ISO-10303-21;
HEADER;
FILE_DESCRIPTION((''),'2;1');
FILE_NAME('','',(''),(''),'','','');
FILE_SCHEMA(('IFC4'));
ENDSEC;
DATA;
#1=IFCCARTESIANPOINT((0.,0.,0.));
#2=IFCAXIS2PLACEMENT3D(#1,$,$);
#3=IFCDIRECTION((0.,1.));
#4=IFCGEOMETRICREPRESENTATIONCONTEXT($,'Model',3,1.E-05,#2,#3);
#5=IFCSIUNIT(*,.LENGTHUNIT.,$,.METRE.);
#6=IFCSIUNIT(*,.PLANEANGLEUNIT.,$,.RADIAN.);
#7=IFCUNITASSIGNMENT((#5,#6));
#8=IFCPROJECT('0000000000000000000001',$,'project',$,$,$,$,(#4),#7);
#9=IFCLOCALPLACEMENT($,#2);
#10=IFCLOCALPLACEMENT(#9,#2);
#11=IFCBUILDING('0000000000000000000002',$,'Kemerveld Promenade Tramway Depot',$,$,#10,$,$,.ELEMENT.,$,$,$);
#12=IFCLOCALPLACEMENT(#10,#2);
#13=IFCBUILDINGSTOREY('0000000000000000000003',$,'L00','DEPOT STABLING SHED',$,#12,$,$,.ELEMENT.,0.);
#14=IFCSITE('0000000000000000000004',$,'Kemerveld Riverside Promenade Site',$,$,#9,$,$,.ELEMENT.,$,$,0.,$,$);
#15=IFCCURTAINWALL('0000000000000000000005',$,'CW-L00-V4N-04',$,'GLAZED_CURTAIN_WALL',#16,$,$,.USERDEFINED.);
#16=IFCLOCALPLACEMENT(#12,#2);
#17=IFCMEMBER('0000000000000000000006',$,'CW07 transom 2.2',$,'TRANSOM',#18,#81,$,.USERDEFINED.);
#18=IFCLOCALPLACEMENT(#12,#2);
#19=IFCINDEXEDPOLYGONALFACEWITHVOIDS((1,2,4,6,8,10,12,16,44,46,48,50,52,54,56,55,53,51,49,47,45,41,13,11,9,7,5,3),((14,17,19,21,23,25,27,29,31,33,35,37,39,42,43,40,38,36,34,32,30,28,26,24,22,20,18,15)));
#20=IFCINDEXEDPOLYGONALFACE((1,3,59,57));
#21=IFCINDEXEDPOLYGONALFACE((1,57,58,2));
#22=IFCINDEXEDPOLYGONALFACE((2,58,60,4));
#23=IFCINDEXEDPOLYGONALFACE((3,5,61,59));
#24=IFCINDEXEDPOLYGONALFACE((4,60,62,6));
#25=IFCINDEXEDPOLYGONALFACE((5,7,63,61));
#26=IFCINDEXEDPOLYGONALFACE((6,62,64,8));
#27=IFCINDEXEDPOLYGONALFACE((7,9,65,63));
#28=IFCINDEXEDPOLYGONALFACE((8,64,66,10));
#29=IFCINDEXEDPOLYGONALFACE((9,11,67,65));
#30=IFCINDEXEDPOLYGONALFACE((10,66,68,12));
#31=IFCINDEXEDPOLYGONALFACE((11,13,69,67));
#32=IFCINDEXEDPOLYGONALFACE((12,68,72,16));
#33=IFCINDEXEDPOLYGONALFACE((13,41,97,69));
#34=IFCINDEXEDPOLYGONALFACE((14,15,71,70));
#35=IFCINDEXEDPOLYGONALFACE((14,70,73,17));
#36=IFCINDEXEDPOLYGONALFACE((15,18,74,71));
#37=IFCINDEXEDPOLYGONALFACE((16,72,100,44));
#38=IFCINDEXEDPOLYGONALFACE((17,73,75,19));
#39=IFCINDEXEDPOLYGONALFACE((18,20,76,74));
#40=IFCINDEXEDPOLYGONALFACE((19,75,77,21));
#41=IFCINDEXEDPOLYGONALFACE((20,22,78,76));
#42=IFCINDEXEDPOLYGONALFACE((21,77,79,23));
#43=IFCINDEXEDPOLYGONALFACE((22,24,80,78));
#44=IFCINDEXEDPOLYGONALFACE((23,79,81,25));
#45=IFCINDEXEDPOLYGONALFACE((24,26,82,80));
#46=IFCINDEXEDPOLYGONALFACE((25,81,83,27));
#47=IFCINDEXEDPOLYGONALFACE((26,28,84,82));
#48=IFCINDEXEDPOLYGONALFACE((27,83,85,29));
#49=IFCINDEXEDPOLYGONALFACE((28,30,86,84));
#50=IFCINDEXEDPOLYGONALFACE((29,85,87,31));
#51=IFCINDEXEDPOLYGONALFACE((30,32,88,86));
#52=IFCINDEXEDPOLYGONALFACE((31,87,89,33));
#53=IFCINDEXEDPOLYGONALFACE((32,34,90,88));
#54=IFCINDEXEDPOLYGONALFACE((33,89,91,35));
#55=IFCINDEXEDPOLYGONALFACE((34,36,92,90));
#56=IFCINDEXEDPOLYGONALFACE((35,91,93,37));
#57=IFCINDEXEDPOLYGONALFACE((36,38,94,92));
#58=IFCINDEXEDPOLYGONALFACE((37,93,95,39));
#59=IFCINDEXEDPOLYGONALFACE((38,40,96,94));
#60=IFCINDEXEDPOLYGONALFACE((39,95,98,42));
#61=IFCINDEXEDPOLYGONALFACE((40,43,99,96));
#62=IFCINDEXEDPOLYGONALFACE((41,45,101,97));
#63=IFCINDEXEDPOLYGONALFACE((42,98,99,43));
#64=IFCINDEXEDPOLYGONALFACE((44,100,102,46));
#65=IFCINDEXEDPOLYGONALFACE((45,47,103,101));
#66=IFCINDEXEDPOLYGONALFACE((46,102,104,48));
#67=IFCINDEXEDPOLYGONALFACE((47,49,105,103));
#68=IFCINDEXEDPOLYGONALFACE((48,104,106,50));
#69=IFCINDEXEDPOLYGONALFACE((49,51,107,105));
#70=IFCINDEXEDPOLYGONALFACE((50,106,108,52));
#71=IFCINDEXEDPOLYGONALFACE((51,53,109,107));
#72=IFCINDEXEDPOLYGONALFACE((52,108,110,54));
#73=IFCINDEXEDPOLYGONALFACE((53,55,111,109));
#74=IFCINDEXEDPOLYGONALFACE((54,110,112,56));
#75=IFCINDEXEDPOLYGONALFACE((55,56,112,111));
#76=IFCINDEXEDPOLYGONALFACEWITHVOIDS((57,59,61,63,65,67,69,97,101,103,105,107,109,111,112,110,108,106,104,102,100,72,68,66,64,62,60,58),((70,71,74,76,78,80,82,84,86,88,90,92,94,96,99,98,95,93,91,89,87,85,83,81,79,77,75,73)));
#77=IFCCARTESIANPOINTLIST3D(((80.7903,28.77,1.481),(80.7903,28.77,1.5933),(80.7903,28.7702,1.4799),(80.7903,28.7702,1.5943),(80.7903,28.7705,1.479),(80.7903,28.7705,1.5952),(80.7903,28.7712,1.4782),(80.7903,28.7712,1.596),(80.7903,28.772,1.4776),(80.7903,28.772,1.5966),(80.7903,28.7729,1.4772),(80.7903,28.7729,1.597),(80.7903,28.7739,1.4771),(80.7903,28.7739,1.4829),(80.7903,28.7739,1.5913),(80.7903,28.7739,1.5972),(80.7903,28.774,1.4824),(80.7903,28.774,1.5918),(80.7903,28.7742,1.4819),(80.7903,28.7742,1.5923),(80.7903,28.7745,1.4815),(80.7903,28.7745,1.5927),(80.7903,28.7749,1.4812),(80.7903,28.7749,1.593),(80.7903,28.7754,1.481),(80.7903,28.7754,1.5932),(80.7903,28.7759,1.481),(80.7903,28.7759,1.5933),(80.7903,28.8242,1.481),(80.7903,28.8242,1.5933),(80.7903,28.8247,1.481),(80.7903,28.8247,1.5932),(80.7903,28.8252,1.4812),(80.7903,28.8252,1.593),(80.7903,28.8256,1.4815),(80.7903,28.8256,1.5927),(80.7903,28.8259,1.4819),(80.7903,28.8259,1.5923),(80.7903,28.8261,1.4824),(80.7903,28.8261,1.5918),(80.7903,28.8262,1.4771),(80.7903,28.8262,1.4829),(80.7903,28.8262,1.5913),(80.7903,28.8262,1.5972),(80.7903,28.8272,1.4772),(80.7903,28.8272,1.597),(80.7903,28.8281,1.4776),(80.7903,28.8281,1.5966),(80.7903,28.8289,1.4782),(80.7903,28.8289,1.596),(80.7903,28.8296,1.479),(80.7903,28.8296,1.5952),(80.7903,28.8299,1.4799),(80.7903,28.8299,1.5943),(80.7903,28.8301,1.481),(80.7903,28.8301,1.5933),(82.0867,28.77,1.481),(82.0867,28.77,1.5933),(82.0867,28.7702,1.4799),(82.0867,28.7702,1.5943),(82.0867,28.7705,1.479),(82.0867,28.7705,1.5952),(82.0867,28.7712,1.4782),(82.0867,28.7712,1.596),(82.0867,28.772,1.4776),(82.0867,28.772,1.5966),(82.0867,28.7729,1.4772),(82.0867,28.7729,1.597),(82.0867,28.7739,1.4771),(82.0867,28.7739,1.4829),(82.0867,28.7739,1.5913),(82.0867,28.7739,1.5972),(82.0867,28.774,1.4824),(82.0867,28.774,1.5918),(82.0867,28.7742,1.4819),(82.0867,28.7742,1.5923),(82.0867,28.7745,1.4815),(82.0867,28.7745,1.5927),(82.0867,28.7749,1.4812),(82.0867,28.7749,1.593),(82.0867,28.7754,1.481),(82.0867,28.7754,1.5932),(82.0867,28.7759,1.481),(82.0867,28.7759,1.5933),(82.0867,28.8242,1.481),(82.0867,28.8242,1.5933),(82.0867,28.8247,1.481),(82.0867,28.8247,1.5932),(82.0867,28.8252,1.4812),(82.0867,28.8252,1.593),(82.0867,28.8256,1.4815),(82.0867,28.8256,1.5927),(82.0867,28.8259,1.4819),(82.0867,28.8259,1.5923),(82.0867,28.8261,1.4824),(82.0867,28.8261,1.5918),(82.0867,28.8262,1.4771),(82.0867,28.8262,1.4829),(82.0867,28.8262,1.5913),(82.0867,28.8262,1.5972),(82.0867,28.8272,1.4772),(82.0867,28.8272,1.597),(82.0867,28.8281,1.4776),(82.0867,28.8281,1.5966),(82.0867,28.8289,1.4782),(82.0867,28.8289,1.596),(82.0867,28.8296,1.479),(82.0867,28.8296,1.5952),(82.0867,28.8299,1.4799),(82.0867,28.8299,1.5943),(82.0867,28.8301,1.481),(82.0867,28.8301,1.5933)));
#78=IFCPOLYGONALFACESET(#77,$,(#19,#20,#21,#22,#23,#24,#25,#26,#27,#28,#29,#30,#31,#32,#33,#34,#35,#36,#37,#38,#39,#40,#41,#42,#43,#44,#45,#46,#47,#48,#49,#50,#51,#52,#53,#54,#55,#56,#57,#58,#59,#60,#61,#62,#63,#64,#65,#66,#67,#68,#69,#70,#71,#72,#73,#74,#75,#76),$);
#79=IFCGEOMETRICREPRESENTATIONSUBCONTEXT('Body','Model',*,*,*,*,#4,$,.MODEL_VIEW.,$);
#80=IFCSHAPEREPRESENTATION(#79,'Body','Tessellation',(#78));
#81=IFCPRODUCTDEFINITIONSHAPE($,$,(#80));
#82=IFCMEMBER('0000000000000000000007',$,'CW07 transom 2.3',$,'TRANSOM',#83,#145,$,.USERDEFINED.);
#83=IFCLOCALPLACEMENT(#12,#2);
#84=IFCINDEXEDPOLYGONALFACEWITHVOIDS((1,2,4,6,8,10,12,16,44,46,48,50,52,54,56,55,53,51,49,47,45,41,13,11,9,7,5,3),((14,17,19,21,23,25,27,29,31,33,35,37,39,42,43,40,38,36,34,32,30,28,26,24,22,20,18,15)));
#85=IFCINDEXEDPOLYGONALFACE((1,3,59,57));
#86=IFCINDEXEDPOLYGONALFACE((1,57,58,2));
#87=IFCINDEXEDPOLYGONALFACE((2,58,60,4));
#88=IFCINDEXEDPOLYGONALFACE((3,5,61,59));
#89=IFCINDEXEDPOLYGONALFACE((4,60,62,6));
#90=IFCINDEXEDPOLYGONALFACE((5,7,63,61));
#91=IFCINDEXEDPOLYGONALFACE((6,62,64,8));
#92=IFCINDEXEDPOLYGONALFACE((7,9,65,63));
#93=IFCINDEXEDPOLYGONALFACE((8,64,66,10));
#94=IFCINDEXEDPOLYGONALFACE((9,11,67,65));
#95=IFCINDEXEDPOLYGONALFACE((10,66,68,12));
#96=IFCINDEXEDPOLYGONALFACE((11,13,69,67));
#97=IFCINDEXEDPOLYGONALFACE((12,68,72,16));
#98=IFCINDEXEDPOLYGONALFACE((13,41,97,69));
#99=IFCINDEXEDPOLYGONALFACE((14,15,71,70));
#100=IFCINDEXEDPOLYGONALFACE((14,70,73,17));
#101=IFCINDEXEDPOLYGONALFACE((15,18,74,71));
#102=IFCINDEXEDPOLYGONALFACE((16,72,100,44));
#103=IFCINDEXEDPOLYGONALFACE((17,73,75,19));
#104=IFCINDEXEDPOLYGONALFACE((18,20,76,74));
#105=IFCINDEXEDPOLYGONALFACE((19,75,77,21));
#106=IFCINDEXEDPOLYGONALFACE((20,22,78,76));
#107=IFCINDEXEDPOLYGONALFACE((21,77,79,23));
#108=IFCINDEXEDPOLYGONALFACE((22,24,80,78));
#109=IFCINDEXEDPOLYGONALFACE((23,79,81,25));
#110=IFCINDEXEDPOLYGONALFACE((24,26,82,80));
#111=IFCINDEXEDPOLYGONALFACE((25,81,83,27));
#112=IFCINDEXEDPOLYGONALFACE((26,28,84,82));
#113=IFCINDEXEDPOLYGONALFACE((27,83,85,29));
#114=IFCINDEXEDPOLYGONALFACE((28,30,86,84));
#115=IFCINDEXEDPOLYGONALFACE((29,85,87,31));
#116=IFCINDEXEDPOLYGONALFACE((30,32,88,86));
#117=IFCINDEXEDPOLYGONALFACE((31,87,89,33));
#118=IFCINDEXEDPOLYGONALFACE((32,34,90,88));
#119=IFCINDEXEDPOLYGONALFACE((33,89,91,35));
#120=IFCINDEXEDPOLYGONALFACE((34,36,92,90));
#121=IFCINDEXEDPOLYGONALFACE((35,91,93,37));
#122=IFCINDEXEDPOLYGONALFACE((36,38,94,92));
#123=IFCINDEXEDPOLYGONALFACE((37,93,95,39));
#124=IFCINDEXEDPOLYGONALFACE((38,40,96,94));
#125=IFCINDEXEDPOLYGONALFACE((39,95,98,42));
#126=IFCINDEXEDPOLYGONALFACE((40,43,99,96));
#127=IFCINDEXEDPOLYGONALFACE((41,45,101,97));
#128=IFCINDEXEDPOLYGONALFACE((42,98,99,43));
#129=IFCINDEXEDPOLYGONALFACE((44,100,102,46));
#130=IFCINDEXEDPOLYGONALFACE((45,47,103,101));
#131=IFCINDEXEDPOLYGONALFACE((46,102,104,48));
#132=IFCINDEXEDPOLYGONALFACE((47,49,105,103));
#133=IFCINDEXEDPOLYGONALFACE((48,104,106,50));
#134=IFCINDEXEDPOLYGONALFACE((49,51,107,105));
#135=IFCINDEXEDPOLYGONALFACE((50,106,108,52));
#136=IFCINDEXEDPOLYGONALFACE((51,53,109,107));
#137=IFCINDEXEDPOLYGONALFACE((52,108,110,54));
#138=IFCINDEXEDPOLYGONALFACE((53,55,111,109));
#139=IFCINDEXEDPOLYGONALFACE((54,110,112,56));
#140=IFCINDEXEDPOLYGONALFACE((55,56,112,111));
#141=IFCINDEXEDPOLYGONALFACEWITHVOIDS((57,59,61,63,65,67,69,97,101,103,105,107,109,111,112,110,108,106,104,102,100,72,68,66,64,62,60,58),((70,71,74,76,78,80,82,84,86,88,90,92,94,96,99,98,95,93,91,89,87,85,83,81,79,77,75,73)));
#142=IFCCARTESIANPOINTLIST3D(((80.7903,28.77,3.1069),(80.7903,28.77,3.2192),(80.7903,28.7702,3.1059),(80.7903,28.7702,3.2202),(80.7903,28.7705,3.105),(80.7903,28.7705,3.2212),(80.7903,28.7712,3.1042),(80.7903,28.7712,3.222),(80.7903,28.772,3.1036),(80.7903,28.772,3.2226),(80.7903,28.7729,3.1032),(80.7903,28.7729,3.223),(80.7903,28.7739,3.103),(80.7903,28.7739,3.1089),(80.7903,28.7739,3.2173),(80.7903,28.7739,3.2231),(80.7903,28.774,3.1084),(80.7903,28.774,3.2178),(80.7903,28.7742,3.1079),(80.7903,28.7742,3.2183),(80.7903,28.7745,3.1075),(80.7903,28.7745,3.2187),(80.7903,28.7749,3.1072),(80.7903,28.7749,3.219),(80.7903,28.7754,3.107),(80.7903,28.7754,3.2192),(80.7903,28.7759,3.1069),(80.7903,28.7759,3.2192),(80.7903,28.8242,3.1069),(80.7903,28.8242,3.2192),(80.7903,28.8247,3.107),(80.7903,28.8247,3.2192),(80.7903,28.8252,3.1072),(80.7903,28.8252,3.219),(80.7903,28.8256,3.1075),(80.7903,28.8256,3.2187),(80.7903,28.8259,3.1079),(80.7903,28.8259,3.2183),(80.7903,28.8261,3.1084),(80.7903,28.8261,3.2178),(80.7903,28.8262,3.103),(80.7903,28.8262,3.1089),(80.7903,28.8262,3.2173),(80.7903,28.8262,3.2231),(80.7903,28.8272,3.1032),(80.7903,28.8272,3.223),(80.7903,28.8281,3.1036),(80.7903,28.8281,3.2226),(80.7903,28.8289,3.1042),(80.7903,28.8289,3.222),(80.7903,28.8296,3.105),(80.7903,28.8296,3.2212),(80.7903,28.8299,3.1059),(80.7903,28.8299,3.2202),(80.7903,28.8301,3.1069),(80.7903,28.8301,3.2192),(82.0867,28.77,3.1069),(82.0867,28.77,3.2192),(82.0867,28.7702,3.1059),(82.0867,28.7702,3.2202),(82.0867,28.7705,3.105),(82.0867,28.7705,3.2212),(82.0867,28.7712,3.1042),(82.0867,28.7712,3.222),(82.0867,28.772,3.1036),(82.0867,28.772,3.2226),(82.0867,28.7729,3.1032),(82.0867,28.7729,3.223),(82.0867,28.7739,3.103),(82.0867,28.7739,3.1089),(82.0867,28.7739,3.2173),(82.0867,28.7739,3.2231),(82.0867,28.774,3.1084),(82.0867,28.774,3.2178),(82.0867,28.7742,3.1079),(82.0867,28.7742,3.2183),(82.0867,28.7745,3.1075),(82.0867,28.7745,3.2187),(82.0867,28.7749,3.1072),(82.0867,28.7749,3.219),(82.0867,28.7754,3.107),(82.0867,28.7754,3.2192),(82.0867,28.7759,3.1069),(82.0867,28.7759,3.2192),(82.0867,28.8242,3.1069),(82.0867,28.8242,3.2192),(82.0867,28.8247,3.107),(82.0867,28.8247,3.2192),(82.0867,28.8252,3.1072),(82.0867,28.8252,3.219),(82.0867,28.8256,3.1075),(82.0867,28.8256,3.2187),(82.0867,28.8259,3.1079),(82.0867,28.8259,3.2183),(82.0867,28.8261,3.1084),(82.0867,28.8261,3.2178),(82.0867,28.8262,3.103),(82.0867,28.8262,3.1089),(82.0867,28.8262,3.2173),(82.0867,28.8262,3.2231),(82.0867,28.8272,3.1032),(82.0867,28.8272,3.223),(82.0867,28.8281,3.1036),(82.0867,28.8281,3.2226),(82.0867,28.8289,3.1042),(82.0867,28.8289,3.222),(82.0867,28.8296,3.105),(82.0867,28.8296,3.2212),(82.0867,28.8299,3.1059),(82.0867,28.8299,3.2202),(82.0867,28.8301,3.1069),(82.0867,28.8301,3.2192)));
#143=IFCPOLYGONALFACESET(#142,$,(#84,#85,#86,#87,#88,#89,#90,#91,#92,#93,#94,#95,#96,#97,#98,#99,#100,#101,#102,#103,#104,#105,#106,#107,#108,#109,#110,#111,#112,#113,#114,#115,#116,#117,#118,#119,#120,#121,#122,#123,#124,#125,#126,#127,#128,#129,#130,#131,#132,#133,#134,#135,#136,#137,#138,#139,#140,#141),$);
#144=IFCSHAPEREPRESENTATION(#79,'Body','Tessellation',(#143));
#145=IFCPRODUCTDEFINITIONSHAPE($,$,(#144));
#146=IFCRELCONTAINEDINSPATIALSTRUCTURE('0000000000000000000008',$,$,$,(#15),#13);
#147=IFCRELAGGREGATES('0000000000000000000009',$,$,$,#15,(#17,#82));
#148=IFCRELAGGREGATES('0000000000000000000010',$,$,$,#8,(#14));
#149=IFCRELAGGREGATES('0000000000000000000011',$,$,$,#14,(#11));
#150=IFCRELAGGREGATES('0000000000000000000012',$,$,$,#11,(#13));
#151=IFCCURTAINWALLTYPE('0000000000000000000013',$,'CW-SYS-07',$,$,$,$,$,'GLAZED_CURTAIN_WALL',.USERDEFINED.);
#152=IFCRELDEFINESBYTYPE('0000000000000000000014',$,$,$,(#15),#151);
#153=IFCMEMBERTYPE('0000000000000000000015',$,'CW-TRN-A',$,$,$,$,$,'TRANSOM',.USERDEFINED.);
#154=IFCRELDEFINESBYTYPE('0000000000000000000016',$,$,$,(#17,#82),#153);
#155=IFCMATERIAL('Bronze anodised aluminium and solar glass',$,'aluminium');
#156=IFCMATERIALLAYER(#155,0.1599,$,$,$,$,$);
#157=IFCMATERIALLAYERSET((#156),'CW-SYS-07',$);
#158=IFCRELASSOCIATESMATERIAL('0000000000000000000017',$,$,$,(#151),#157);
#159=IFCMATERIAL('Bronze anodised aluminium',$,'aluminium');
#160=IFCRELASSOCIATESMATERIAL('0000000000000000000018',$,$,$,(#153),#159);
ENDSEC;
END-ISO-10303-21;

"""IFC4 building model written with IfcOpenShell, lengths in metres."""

from ifc_helpers import new_model, si_unit, direction, frame, origin, origin_2d, place, context, subcontext, project, spatial, hollow_rectangle, extrude, material, layer, layer_set, material_profile, profile_set, type_object, element, aggregate, save


model = new_model("IFC4")

# Units and contexts
model_context = context("Model", 3, precision=1e-05, world=origin(), true_north=direction((0.0, 1.0)))
body_context = subcontext(model_context, "Body", "Model", "MODEL_VIEW")
ifc_project = project(units=[si_unit("LENGTHUNIT", "METRE"), si_unit("PLANEANGLEUNIT", "RADIAN")], contexts=[model_context])

# Site, building, storey
site_placement = place(None, origin())
site = spatial("IfcSite", under=ifc_project, at=site_placement, Name="Kemerveld Riverside Promenade Site", CompositionType="ELEMENT", RefElevation=0.0)
building_placement = place(site_placement, origin())
building = spatial("IfcBuilding", under=site, at=building_placement, Name="Kemerveld Promenade Tramway Depot", CompositionType="ELEMENT")
storey_placement = place(building_placement, origin())
storey = spatial("IfcBuildingStorey", under=building, at=storey_placement, Name="L00", Description="DEPOT STABLING SHED", CompositionType="ELEMENT", Elevation=0.0)

# Curtain wall, members
ifc_material_1 = material(Name="Bronze anodised aluminium and solar glass", Category="aluminium")
ifc_layer_1 = layer(ifc_material_1, 0.1599)
ifc_layer_set_1 = layer_set([ifc_layer_1], Name="CW-SYS-07")
curtain_wall_type = type_object("IfcCurtainWallType", Name="CW-SYS-07", ElementType="GLAZED_CURTAIN_WALL", PredefinedType="USERDEFINED", material=ifc_layer_set_1)
curtain_wall_placement = place(storey_placement, origin())
curtain_wall = element("IfcCurtainWall", 1, at=curtain_wall_placement, inside=storey, type_object=curtain_wall_type, Name="CW-L00-V4N-04", ObjectType="GLAZED_CURTAIN_WALL", PredefinedType="USERDEFINED")
ifc_material_2 = material(Name="Bronze anodised aluminium", Category="aluminium")
ifc_material_profile_1 = material_profile(ifc_material_2, hollow_rectangle(XDim=0.0601, YDim=0.1201, WallThickness=0.0039, InnerFilletRadius=0.002, OuterFilletRadius=0.0039, at=origin_2d()), Name="CW-TRN-120x60")
ifc_profile_set_1 = profile_set([ifc_material_profile_1], Name="Bronze anodised aluminium")
member_type_1 = type_object("IfcMemberType", Name="CW-TRN-A", ElementType="TRANSOM", PredefinedType="USERDEFINED", material=ifc_profile_set_1)
member_1_placement = place(storey_placement, frame((80.7903, 28.8, 1.5371), z_axis=(1.0, 0.0, 0.0), x_axis=(0.0, 1.0, 0.0)))
member_1 = element("IfcMember", 2, at=member_1_placement, type_object=member_type_1, Name="CW07 transom 2.2", ObjectType="TRANSOM", PredefinedType="USERDEFINED", context=body_context, shape_type="SweptSolid", body=[
    extrude(hollow_rectangle(XDim=0.0601, YDim=0.1201, WallThickness=0.0039, InnerFilletRadius=0.002, OuterFilletRadius=0.0039, at=origin_2d()), origin(), (0.0, 0.0, 1.0), 1.2964),
])
member_2_placement = place(storey_placement, frame((80.7903, 28.8, 3.1631), z_axis=(1.0, 0.0, 0.0), x_axis=(0.0, 1.0, 0.0)))
member_2 = element("IfcMember", 3, at=member_2_placement, type_object=member_type_1, Name="CW07 transom 2.3", ObjectType="TRANSOM", PredefinedType="USERDEFINED", context=body_context, shape_type="SweptSolid", body=[
    extrude(hollow_rectangle(XDim=0.0601, YDim=0.1201, WallThickness=0.0039, InnerFilletRadius=0.002, OuterFilletRadius=0.0039, at=origin_2d()), origin(), (0.0, 0.0, 1.0), 1.2964),
])
aggregate(curtain_wall, [member_1, member_2])

save(model, "model.ifc")
